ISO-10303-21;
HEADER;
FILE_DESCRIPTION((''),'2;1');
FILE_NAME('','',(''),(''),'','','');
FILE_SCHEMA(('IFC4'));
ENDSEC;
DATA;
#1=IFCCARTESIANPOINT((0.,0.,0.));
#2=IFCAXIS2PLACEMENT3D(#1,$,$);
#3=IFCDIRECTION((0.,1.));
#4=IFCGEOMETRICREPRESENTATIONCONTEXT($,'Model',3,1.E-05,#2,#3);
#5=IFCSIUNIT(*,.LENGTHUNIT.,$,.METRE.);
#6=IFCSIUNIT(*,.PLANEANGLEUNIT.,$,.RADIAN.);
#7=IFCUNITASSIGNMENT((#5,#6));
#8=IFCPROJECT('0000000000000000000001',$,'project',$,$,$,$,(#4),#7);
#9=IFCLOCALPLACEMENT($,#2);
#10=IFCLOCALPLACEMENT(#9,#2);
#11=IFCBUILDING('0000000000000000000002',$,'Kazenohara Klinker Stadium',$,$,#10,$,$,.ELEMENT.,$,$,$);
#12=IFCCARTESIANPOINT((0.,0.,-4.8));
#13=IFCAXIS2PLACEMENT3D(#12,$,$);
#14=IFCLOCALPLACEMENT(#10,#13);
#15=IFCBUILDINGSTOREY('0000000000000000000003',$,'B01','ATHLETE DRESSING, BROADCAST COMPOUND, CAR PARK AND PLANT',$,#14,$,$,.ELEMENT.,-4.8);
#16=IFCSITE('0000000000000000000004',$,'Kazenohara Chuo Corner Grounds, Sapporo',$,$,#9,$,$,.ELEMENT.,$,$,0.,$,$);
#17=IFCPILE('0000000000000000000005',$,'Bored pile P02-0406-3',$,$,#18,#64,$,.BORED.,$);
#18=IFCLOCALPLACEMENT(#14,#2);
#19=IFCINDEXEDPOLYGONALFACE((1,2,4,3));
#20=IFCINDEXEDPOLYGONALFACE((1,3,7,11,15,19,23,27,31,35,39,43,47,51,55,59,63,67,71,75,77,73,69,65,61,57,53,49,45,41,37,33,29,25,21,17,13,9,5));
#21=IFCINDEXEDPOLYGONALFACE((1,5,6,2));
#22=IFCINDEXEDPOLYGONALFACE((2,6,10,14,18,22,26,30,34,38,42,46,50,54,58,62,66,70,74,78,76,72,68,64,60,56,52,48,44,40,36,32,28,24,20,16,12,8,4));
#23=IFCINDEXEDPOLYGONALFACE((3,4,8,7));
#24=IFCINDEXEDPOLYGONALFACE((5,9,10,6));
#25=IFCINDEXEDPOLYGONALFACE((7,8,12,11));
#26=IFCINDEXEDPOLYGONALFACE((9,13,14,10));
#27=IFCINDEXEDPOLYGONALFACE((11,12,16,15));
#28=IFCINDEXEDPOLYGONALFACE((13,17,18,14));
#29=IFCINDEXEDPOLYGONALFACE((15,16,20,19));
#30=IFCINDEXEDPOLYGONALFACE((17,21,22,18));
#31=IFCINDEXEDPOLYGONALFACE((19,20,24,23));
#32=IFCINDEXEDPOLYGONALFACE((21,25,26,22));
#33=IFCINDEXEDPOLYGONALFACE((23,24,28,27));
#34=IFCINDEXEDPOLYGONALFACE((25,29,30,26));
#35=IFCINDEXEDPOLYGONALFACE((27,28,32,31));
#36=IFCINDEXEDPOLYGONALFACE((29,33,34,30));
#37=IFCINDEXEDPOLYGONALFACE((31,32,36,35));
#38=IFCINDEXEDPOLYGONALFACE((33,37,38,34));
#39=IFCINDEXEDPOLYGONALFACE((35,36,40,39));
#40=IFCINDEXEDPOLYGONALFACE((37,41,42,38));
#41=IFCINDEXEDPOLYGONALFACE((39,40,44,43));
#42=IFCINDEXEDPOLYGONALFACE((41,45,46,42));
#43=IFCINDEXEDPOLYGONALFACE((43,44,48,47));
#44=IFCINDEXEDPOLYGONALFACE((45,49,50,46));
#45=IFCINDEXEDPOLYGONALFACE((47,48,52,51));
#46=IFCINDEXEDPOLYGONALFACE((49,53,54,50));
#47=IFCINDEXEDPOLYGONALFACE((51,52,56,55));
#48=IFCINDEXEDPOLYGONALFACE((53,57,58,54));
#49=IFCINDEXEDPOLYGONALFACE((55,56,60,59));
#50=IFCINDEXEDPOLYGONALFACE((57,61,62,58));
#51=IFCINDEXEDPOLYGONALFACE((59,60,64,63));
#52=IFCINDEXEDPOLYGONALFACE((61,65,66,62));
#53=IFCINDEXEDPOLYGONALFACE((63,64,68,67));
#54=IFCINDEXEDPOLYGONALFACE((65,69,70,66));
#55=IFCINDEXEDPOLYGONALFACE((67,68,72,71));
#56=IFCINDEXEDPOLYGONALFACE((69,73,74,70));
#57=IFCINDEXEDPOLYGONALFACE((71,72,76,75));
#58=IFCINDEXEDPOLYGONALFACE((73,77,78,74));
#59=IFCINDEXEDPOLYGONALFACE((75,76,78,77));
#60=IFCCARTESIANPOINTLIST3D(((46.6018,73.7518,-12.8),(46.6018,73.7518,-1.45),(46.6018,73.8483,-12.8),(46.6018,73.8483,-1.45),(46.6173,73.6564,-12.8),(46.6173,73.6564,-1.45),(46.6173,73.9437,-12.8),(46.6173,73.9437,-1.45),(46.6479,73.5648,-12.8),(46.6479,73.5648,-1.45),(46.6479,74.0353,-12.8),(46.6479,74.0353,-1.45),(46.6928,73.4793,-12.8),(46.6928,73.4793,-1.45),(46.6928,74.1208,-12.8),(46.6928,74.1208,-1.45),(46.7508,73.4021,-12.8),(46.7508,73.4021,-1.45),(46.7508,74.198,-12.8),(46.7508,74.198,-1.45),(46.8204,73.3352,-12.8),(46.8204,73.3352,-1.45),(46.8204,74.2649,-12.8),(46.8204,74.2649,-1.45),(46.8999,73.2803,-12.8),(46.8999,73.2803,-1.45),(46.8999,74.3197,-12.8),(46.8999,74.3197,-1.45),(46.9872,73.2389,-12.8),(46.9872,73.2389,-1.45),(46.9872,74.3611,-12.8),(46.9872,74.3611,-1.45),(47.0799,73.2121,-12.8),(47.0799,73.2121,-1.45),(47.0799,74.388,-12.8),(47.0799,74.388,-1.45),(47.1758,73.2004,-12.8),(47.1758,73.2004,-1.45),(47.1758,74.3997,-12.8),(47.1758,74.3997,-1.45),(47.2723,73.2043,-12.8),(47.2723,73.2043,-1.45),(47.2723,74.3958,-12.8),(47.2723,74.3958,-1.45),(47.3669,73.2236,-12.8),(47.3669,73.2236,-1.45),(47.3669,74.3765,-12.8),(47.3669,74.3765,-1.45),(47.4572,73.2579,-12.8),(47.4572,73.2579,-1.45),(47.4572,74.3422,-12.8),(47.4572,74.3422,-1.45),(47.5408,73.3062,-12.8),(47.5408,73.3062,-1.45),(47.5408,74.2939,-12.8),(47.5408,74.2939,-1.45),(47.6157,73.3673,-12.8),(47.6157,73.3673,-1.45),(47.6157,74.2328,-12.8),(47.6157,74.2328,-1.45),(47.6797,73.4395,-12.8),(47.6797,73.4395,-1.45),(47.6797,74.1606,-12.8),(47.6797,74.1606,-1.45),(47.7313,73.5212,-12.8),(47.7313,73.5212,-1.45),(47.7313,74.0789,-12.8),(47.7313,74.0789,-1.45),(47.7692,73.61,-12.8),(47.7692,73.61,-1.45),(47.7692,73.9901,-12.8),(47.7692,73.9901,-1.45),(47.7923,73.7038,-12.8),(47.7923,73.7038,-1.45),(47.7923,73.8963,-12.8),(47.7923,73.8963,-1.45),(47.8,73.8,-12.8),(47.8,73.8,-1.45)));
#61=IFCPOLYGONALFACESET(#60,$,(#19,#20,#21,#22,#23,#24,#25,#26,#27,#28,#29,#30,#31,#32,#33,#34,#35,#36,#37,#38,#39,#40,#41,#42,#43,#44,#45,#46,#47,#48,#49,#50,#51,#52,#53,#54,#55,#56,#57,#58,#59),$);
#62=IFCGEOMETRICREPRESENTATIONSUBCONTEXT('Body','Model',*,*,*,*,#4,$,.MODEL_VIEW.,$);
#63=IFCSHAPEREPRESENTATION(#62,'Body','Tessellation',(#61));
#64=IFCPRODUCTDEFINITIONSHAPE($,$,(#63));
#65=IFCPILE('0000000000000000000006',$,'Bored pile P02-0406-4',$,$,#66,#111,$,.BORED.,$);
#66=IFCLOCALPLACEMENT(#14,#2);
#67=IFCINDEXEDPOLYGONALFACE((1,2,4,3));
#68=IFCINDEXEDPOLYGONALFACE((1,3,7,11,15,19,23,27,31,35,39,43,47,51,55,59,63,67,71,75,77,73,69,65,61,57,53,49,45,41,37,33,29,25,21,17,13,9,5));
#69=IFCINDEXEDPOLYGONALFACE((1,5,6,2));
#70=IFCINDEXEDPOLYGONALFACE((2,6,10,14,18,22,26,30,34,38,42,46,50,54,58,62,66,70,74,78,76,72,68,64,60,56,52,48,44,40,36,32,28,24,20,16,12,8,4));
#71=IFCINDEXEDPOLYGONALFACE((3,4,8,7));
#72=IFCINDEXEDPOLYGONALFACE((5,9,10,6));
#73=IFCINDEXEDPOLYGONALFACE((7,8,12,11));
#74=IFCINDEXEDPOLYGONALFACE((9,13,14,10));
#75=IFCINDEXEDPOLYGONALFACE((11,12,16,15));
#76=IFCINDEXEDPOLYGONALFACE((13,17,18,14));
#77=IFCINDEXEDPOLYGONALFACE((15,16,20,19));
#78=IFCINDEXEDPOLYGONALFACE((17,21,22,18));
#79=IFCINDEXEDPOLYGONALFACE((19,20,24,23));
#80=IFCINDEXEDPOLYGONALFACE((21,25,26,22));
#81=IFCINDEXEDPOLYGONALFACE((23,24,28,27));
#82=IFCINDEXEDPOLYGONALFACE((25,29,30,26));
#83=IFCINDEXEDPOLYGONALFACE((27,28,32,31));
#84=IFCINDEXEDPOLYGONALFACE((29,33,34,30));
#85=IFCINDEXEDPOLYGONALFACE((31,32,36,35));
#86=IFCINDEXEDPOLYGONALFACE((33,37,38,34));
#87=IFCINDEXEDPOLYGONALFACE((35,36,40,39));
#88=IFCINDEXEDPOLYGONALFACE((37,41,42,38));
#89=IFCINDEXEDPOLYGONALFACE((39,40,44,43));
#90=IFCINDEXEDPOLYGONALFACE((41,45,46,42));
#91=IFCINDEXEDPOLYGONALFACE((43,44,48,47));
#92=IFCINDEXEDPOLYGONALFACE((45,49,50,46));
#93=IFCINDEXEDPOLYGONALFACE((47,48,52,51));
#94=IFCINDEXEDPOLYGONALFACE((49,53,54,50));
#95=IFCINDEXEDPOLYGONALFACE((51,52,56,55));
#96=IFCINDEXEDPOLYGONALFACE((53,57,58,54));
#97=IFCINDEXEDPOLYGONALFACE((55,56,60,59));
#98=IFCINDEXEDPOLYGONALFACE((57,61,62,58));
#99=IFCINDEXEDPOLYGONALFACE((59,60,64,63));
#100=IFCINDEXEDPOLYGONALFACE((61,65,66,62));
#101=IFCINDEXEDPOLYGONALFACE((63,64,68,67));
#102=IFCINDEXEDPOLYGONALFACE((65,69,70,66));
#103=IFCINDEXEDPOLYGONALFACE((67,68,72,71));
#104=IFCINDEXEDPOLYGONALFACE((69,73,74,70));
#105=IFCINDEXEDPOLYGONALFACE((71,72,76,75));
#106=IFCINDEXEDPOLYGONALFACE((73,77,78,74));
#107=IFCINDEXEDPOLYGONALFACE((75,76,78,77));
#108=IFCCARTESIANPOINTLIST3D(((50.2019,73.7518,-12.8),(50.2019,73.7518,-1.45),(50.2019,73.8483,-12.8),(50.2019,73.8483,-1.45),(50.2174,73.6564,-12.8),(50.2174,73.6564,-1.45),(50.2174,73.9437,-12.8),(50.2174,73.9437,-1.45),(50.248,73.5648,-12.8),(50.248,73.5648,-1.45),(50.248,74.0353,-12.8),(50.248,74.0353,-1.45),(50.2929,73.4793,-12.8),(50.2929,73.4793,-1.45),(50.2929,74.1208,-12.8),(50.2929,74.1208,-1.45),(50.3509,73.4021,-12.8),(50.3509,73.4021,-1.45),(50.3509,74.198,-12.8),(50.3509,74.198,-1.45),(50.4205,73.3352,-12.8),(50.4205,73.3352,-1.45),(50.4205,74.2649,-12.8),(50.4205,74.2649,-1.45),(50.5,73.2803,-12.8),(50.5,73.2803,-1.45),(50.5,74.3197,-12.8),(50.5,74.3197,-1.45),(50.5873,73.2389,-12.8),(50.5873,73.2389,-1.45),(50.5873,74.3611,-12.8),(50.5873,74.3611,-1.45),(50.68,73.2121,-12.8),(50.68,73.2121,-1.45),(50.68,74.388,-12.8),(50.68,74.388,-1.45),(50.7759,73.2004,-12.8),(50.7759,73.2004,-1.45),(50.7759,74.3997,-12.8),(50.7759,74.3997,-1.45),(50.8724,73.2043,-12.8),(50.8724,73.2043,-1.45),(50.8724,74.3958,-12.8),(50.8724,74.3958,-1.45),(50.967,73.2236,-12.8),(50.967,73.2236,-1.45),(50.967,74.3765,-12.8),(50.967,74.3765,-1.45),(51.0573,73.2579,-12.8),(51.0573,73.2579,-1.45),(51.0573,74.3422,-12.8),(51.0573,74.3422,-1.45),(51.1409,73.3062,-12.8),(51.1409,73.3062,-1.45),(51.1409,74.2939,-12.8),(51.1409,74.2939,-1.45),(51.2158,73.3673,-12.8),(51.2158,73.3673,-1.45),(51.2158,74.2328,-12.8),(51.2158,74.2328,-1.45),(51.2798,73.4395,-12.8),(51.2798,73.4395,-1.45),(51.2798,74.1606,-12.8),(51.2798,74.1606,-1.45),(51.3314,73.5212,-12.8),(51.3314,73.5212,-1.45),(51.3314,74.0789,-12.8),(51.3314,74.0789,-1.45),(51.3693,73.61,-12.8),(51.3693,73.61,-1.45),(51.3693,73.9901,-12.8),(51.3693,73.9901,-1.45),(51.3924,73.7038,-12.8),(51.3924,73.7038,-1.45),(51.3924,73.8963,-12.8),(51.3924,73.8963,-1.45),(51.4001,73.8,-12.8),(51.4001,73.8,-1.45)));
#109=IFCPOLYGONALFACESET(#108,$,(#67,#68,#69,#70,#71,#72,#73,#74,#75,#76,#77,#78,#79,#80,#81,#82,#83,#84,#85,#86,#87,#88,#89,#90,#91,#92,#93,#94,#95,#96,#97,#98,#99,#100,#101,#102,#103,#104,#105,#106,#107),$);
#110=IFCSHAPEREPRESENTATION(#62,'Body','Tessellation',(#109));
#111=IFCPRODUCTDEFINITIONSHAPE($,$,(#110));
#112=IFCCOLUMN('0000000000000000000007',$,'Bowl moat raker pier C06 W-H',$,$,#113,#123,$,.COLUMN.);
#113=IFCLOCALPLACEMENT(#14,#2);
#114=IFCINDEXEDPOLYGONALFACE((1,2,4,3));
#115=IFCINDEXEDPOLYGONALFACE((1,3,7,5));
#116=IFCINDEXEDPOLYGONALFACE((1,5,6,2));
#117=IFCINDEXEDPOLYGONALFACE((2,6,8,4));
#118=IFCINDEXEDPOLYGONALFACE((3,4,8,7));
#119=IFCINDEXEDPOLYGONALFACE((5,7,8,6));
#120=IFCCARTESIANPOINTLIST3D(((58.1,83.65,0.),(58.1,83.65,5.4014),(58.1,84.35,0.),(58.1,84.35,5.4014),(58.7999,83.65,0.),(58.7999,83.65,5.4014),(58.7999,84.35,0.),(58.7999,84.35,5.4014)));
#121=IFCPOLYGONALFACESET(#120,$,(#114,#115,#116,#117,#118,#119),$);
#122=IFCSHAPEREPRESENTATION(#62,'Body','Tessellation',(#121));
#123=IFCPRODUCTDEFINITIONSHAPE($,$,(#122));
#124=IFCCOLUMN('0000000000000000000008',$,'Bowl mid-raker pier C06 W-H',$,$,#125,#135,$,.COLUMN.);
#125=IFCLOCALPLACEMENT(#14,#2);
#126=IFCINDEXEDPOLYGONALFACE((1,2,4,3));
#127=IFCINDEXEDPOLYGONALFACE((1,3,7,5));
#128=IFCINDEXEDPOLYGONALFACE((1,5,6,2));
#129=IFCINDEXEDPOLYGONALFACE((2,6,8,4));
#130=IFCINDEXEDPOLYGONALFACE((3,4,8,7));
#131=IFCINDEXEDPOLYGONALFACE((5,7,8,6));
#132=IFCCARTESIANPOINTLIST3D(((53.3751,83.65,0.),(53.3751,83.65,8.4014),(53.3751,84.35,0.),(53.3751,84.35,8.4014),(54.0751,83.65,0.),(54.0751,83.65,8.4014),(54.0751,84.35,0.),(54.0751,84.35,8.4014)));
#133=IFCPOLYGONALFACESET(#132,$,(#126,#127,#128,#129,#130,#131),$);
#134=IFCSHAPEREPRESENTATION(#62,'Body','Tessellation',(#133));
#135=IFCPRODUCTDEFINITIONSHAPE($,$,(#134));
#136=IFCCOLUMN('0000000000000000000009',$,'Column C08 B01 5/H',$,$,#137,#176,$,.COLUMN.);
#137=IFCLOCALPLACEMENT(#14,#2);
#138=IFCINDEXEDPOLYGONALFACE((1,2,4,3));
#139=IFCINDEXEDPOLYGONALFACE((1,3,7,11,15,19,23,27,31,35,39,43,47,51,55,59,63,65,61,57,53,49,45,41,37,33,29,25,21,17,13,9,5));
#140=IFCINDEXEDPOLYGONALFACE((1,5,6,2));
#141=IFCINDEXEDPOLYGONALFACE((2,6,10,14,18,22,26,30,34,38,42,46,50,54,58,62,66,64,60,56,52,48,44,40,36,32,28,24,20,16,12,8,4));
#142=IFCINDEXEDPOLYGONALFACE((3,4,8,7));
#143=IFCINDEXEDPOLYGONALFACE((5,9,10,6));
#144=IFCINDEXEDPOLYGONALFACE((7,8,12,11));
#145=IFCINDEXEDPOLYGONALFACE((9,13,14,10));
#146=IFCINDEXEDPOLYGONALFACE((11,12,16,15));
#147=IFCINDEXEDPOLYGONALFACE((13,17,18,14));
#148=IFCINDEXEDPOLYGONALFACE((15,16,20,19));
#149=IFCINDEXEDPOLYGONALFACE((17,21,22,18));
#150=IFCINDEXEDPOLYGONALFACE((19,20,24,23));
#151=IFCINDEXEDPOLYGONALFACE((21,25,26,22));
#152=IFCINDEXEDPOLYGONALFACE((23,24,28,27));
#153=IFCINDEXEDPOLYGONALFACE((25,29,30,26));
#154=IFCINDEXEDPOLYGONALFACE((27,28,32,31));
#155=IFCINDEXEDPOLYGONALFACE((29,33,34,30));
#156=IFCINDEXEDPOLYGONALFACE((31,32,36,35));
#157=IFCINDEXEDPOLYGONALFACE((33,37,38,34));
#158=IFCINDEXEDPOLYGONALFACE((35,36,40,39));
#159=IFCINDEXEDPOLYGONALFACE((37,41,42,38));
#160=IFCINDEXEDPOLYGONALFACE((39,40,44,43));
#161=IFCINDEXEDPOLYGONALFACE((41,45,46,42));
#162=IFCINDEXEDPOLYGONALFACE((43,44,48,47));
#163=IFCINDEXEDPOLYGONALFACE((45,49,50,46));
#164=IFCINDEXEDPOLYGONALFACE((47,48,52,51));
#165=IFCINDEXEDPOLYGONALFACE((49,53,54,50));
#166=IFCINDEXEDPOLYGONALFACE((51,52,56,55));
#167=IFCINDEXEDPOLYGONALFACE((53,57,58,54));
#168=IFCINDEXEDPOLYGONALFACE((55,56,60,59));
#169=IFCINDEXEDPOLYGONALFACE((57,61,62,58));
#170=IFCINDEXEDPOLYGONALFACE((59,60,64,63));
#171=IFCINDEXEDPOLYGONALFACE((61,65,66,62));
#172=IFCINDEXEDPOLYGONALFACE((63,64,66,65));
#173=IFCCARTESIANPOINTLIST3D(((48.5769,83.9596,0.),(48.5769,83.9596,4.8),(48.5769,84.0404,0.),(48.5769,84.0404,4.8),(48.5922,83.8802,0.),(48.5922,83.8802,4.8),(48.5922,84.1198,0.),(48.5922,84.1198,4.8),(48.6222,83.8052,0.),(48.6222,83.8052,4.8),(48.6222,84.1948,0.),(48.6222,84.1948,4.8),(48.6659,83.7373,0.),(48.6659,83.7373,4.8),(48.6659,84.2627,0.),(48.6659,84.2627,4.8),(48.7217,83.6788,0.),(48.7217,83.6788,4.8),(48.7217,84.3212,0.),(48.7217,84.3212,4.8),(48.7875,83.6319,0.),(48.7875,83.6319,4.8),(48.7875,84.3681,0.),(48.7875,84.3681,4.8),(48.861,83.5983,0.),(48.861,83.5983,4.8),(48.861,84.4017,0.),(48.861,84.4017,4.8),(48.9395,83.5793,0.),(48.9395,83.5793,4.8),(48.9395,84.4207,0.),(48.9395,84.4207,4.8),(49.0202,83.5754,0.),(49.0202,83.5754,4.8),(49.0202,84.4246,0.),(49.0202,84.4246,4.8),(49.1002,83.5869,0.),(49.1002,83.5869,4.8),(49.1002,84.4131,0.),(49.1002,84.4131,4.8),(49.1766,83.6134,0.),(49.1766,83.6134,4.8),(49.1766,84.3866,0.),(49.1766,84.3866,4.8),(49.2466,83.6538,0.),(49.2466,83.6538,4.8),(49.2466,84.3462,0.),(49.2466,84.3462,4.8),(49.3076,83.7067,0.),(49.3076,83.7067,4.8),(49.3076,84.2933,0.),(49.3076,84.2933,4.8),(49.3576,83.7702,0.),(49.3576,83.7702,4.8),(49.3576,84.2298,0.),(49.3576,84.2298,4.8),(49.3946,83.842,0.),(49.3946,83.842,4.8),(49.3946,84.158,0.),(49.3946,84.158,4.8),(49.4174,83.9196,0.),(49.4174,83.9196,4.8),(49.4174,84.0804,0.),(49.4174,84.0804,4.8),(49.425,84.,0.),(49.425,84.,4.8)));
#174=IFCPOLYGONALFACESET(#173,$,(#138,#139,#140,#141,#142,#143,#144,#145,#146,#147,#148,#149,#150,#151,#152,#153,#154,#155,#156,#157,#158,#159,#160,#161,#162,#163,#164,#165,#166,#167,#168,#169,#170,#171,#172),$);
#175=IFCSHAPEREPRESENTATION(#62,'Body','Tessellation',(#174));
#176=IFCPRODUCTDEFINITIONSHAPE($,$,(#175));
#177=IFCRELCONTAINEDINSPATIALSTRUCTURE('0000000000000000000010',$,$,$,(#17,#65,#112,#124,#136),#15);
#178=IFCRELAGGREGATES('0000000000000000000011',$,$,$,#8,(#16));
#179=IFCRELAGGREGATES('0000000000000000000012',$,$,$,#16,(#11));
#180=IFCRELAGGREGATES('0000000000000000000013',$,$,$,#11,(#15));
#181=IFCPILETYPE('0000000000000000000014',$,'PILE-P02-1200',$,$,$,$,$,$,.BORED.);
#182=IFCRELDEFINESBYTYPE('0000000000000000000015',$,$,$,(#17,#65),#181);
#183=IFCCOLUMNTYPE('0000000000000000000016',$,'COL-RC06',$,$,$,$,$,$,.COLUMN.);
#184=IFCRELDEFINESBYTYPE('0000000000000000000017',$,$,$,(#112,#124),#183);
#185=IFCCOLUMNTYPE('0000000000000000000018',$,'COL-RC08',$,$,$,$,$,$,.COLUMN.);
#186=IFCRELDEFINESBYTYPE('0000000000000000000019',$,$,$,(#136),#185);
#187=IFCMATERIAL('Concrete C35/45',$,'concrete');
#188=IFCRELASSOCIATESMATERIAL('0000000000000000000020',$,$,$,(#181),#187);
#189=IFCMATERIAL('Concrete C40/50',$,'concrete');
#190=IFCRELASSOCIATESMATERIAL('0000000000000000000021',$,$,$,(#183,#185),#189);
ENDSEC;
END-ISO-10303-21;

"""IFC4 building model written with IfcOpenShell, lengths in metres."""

from ifc_helpers import new_model, si_unit, direction, frame, origin, origin_2d, place, context, subcontext, project, spatial, rectangle, circle, extrude, material, material_profile, profile_set, type_object, element, save


model = new_model("IFC4")

# Units and contexts
model_context = context("Model", 3, precision=1e-05, world=origin(), true_north=direction((0.0, 1.0)))
body_context = subcontext(model_context, "Body", "Model", "MODEL_VIEW")
ifc_project = project(units=[si_unit("LENGTHUNIT", "METRE"), si_unit("PLANEANGLEUNIT", "RADIAN")], contexts=[model_context])

# Site, building, storey
site_placement = place(None, origin())
site = spatial("IfcSite", under=ifc_project, at=site_placement, Name="Kazenohara Chuo Corner Grounds, Sapporo", CompositionType="ELEMENT", RefElevation=0.0)
building_placement = place(site_placement, origin())
building = spatial("IfcBuilding", under=site, at=building_placement, Name="Kazenohara Klinker Stadium", CompositionType="ELEMENT")
storey_placement = place(building_placement, frame((0.0, 0.0, -4.8)))
storey = spatial("IfcBuildingStorey", under=building, at=storey_placement, Name="B01", Description="ATHLETE DRESSING, BROADCAST COMPOUND, CAR PARK AND PLANT", CompositionType="ELEMENT", Elevation=-4.8)

# Shared definitions
ifc_material_1 = material(Name="Concrete C35/45", Category="concrete")

# Piles
ifc_material_profile_1 = material_profile(ifc_material_1, circle(Radius=0.6001, at=origin_2d()), Name="BORED-PILE-1200")
ifc_profile_set_1 = profile_set([ifc_material_profile_1], Name="Concrete C35/45")
pile_type_1 = type_object("IfcPileType", Name="PILE-P02-1200", PredefinedType="BORED", material=ifc_profile_set_1)
for number, where, z_axis, x_axis, name in (
    (1, (47.2, 73.8, -1.45), (0.0, 0.0, -1.0), (1.0, 0.0, 0.0), "Bored pile P02-0406-3"),
    (2, (50.8, 73.8, -1.45), (0.0, 0.0, -1.0), (1.0, 0.0, 0.0), "Bored pile P02-0406-4"),
):
    element("IfcPile", number, at=place(storey_placement, frame(where, z_axis=z_axis, x_axis=x_axis)), inside=storey, type_object=pile_type_1, Name=name, PredefinedType="BORED", context=body_context, shape_type="SweptSolid", body=[
        extrude(circle(Radius=0.6001, at=origin_2d()), origin(), (0.0, 0.0, 1.0), 11.3501),
    ])

# Columns
ifc_material_2 = material(Name="Concrete C40/50", Category="concrete")
ifc_material_profile_2 = material_profile(ifc_material_2, rectangle(XDim=0.7, YDim=0.7, at=origin_2d()), Name="RC-COL-700x700")
ifc_profile_set_2 = profile_set([ifc_material_profile_2], Name="Concrete C40/50")
column_type_1 = type_object("IfcColumnType", Name="COL-RC06", PredefinedType="COLUMN", material=ifc_profile_set_2)
column_1_placement = place(storey_placement, frame((58.45, 84.0, 0.0), z_axis=(0.0, 0.0, 1.0), x_axis=(1.0, 0.0, 0.0)))
element("IfcColumn", 3, at=column_1_placement, inside=storey, type_object=column_type_1, Name="Bowl moat raker pier C06 W-H", PredefinedType="COLUMN", context=body_context, shape_type="SweptSolid", body=[
    extrude(rectangle(XDim=0.7, YDim=0.7, at=origin_2d()), origin(), (0.0, 0.0, 1.0), 5.4014),
])
column_2_placement = place(storey_placement, frame((53.7251, 84.0, 0.0), z_axis=(0.0, 0.0, 1.0), x_axis=(1.0, 0.0, 0.0)))
element("IfcColumn", 4, at=column_2_placement, inside=storey, type_object=column_type_1, Name="Bowl mid-raker pier C06 W-H", PredefinedType="COLUMN", context=body_context, shape_type="SweptSolid", body=[
    extrude(rectangle(XDim=0.7, YDim=0.7, at=origin_2d()), origin(), (0.0, 0.0, 1.0), 8.4014),
])
ifc_material_profile_3 = material_profile(ifc_material_2, circle(Radius=0.425, at=origin_2d()), Name="RC-COL-D850")
ifc_profile_set_3 = profile_set([ifc_material_profile_3], Name="Concrete C40/50")
column_type_2 = type_object("IfcColumnType", Name="COL-RC08", PredefinedType="COLUMN", material=ifc_profile_set_3)
column_3_placement = place(storey_placement, frame((49.0, 84.0, 0.0), z_axis=(0.0, 0.0, 1.0), x_axis=(1.0, 0.0, 0.0)))
element("IfcColumn", 5, at=column_3_placement, inside=storey, type_object=column_type_2, Name="Column C08 B01 5/H", PredefinedType="COLUMN", context=body_context, shape_type="SweptSolid", body=[
    extrude(circle(Radius=0.425, at=origin_2d()), origin(), (0.0, 0.0, 1.0), 4.8),
])

save(model, "model.ifc")
